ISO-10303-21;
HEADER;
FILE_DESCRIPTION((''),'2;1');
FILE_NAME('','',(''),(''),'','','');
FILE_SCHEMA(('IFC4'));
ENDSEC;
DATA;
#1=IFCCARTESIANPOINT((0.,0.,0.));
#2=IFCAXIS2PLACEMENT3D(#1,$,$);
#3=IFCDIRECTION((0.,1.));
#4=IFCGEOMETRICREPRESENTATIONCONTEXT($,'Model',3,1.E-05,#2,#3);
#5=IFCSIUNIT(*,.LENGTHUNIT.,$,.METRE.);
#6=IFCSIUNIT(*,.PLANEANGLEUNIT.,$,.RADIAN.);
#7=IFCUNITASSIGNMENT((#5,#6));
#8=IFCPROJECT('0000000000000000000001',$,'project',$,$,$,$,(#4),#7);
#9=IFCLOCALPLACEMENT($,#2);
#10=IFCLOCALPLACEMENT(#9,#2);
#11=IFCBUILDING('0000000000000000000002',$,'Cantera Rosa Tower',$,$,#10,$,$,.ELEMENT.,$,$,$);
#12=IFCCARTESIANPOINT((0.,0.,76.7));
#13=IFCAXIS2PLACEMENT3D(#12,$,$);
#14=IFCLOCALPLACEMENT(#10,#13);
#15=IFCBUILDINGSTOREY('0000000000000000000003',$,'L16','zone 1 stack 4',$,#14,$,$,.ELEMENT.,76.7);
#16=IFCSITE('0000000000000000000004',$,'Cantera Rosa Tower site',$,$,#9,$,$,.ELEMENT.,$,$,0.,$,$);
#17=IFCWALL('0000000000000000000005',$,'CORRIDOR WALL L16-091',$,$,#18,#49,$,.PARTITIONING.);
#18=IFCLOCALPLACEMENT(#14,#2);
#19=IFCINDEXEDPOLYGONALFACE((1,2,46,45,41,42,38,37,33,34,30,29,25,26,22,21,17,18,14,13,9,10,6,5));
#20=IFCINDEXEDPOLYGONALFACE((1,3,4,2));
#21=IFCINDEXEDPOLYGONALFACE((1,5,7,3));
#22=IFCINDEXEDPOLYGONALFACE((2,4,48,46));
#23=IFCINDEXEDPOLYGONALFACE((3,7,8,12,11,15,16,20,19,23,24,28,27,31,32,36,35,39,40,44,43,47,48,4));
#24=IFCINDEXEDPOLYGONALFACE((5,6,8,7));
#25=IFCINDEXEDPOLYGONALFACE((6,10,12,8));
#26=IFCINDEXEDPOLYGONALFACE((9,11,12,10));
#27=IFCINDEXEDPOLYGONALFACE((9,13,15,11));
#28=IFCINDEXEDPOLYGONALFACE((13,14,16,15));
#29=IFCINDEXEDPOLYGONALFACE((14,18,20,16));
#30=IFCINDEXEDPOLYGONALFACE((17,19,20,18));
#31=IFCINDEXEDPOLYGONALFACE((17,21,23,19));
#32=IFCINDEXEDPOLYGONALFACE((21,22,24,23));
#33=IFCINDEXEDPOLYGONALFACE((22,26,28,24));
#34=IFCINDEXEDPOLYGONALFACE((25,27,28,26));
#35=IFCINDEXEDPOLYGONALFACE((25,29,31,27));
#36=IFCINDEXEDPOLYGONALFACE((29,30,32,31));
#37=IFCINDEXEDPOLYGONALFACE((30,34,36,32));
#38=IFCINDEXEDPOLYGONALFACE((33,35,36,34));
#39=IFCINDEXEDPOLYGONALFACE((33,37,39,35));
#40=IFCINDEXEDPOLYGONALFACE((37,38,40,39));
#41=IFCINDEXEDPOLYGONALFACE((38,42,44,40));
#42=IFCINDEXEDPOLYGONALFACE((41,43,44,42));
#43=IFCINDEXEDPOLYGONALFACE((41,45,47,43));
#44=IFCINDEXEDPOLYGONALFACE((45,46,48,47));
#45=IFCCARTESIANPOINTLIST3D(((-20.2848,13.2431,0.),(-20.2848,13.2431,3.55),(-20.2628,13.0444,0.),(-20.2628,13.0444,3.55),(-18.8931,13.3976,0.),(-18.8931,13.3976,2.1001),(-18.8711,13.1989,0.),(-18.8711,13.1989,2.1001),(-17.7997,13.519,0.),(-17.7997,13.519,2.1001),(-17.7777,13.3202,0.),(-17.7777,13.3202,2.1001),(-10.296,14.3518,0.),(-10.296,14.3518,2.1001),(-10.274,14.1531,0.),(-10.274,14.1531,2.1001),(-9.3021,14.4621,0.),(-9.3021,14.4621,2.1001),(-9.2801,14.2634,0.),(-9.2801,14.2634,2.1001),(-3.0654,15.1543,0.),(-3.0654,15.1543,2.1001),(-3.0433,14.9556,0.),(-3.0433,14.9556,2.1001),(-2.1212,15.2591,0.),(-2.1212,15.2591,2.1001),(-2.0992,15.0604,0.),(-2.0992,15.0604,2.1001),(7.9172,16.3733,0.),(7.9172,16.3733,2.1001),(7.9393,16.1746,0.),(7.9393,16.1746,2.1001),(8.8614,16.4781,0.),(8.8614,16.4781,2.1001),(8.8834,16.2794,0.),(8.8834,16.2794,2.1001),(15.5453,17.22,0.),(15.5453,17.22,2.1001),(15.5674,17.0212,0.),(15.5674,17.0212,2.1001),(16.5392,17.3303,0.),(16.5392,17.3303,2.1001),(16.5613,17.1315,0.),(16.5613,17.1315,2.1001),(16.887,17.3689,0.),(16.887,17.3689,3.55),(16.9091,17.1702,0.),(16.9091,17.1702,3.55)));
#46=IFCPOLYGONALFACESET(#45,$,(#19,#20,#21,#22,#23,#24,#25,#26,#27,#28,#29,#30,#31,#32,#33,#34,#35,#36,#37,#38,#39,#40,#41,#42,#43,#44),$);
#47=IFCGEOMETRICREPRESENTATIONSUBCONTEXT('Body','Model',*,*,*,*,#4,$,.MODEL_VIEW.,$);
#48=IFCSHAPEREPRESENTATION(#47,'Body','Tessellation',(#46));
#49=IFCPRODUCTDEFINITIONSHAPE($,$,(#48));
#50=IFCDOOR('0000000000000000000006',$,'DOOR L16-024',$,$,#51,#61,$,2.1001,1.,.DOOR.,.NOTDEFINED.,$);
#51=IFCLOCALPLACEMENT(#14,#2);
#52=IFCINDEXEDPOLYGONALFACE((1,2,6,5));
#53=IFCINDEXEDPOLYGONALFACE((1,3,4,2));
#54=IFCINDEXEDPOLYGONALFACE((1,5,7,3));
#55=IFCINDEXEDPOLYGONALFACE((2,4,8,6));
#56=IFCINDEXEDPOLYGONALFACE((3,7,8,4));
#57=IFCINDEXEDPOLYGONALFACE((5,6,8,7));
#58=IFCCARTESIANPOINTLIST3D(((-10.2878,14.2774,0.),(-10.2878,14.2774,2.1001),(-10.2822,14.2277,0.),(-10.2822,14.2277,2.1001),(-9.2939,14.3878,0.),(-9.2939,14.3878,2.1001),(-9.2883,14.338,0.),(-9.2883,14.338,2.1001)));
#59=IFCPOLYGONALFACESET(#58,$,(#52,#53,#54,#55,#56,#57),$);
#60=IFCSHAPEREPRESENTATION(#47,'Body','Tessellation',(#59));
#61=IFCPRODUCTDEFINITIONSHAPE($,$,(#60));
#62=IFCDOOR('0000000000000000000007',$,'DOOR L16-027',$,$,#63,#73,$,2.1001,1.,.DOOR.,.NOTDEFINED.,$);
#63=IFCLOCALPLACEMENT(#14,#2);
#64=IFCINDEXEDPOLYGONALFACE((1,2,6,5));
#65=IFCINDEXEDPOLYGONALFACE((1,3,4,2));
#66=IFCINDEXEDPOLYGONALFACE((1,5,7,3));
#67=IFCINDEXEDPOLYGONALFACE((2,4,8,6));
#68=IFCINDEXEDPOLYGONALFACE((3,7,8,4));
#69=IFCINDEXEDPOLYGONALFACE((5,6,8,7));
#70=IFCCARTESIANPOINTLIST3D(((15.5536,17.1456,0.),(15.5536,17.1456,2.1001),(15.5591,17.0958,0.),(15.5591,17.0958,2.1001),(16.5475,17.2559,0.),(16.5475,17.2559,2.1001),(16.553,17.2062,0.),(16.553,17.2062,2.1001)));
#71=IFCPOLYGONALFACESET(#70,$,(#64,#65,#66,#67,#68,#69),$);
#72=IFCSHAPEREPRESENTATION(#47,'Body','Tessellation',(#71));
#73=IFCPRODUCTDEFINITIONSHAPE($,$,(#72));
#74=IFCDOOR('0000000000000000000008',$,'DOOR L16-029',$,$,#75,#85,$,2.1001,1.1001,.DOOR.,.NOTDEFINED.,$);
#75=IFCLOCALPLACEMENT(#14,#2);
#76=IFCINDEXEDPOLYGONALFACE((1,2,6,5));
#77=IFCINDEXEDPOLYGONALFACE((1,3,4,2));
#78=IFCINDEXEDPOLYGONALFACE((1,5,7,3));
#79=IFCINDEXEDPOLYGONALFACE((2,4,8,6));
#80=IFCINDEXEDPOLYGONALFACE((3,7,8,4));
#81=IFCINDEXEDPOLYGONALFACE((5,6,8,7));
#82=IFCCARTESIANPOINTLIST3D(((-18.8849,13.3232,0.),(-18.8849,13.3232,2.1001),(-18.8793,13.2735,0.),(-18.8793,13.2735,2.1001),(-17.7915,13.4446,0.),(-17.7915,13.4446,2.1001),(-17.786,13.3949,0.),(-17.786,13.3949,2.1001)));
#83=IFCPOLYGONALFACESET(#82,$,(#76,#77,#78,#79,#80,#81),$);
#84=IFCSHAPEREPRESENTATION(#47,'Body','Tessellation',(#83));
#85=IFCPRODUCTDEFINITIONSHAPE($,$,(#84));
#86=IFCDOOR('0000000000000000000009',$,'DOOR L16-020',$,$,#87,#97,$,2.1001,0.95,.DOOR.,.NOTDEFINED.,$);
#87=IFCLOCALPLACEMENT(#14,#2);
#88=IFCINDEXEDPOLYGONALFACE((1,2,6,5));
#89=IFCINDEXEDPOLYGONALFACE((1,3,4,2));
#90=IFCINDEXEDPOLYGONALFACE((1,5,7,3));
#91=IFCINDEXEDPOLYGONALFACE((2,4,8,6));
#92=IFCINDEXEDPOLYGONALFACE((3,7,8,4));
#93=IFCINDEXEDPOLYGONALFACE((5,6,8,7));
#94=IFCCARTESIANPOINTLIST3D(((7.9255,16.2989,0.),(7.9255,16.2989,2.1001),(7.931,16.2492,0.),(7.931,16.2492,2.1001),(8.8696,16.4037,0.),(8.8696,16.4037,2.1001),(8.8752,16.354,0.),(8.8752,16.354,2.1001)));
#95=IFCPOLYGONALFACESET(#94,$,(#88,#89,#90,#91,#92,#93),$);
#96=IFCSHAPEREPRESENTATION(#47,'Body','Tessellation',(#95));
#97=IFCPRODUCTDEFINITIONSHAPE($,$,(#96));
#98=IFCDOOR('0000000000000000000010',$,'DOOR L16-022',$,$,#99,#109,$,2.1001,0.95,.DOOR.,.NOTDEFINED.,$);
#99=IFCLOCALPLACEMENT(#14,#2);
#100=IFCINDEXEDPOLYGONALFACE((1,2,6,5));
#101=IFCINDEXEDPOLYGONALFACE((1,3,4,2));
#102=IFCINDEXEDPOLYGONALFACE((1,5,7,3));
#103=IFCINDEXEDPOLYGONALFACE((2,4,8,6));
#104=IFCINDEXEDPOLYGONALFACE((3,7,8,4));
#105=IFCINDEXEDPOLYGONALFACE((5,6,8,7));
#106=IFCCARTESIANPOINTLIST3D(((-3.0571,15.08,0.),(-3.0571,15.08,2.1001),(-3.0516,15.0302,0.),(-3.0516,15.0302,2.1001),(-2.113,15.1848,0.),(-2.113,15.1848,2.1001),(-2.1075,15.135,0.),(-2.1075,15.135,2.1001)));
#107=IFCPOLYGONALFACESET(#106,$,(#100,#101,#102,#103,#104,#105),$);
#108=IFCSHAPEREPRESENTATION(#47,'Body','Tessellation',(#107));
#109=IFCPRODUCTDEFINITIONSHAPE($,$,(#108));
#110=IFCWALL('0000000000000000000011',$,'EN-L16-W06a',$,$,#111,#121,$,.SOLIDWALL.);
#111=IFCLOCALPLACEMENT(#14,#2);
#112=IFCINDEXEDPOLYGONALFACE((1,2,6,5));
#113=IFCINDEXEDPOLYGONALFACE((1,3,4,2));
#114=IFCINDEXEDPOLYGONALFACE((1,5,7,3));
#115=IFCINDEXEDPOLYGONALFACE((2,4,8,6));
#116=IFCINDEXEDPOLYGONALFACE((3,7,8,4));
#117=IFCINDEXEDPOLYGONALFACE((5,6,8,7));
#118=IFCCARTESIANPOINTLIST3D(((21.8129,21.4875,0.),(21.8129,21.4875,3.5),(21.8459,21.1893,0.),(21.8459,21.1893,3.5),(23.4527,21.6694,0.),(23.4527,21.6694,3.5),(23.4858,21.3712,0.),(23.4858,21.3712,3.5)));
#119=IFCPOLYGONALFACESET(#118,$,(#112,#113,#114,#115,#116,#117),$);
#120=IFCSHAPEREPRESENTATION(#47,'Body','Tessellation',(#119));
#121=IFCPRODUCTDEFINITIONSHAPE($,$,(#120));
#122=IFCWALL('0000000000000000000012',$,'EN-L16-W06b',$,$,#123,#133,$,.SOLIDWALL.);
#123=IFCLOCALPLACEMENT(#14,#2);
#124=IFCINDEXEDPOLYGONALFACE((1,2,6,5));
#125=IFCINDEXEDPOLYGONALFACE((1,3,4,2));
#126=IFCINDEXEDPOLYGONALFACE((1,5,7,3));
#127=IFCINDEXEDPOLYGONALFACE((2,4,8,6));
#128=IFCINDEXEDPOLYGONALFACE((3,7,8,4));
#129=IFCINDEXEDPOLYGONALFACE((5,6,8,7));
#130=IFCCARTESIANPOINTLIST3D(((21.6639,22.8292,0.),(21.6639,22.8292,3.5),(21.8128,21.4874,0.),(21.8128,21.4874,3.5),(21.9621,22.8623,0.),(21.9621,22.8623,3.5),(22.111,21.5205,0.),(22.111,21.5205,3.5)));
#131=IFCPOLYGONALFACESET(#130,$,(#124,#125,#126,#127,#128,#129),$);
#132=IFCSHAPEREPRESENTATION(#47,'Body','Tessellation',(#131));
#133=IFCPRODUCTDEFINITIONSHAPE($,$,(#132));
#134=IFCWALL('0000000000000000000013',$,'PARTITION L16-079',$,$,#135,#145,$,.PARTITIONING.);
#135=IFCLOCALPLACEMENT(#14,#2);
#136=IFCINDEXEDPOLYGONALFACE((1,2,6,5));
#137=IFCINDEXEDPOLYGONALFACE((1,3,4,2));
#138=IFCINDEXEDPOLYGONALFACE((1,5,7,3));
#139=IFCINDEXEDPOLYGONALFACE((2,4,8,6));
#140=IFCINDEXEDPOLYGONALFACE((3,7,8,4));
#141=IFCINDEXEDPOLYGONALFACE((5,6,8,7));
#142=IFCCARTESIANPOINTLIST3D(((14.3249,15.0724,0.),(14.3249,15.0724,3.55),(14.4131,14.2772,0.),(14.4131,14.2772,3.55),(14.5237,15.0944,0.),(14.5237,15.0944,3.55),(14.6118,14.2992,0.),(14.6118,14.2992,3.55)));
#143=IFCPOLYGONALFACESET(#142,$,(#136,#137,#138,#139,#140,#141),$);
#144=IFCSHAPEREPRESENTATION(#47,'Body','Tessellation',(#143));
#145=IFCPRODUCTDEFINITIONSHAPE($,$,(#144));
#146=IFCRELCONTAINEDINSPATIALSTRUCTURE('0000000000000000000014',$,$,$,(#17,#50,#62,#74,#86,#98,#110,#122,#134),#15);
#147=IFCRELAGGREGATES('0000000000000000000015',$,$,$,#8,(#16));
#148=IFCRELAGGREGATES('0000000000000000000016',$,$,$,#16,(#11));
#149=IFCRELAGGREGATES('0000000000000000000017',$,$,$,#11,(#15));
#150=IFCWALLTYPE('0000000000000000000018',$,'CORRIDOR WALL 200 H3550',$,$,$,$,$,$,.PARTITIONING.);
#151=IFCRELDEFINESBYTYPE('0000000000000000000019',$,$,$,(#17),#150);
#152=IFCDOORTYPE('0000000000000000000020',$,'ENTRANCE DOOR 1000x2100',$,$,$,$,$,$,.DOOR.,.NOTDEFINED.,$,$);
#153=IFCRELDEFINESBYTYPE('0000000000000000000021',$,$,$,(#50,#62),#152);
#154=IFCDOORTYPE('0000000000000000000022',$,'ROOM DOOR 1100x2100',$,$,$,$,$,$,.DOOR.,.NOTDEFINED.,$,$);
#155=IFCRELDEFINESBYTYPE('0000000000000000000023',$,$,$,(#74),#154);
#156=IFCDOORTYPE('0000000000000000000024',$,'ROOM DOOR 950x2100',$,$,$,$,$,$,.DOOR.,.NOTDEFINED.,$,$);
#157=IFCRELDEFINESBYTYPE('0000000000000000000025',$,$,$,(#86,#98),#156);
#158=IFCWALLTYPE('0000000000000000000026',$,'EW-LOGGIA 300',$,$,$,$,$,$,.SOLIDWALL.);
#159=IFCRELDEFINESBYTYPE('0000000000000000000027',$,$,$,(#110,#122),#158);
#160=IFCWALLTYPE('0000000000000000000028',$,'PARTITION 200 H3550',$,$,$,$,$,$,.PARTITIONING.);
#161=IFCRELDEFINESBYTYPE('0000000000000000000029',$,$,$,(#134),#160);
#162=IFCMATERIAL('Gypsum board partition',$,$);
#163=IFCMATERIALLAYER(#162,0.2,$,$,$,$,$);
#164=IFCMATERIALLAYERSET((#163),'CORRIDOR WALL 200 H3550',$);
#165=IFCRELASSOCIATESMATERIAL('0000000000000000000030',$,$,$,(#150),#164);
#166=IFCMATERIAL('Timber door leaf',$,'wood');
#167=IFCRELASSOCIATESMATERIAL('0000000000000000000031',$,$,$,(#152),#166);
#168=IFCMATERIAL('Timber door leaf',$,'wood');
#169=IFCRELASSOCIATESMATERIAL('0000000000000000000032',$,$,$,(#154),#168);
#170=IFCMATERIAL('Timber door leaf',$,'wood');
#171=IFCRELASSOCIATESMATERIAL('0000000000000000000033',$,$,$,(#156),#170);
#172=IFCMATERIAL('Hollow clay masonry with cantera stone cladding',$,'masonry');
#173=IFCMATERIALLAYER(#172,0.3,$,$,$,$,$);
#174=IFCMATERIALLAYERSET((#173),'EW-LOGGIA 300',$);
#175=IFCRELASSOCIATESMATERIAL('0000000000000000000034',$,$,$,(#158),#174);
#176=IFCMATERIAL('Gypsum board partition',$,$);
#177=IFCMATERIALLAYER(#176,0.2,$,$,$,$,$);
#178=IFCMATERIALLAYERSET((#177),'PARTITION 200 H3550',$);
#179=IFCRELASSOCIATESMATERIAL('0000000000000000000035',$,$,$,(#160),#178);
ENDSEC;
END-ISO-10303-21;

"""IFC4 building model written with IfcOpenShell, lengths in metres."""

from ifc_helpers import new_model, si_unit, direction, frame, frame_2d, origin, place, context, subcontext, project, spatial, rectangle, extrude, material, layer, layer_set, type_object, element, fill, save


model = new_model("IFC4")

# Units and contexts
model_context = context("Model", 3, precision=1e-05, world=origin(), true_north=direction((0.0, 1.0)))
body_context = subcontext(model_context, "Body", "Model", "MODEL_VIEW")
ifc_project = project(units=[si_unit("LENGTHUNIT", "METRE"), si_unit("PLANEANGLEUNIT", "RADIAN")], contexts=[model_context])

# Site, building, storey
site_placement = place(None, origin())
site = spatial("IfcSite", under=ifc_project, at=site_placement, Name="Cantera Rosa Tower site", CompositionType="ELEMENT", RefElevation=0.0)
building_placement = place(site_placement, origin())
building = spatial("IfcBuilding", under=site, at=building_placement, Name="Cantera Rosa Tower", CompositionType="ELEMENT")
storey_placement = place(building_placement, frame((0.0, 0.0, 76.7)))
storey = spatial("IfcBuildingStorey", under=building, at=storey_placement, Name="L16", Description="zone 1 stack 4", CompositionType="ELEMENT", Elevation=76.7)

# Wall, openings, doors
ifc_material_1 = material(Name="Gypsum board partition")
ifc_layer_1 = layer(ifc_material_1, 0.2)
ifc_layer_set_1 = layer_set([ifc_layer_1], Name="CORRIDOR WALL 200 H3550")
wall_type_1 = type_object("IfcWallType", Name="CORRIDOR WALL 200 H3550", PredefinedType="PARTITIONING", material=ifc_layer_set_1)
wall_1_placement = place(storey_placement, frame((16.8982, 17.2695, 0.0), z_axis=(0.0, 0.0, 1.0), x_axis=(-0.993897, -0.110313, 0.0)))
wall_1 = element("IfcWall", 1, at=wall_1_placement, inside=storey, type_object=wall_type_1, Name="CORRIDOR WALL L16-091", PredefinedType="PARTITIONING", context=body_context, shape_type="SweptSolid", body=[
    extrude(rectangle(XDim=37.4001, YDim=0.2, at=frame_2d((18.7002, 0.0))), origin(), (0.0, 0.0, 1.0), 3.55),
])
opening_1_placement = place(wall_1_placement, frame((8.075, 0.0, 0.0)))
opening_1 = element("IfcOpeningElement", 2, at=opening_1_placement, cuts=wall_1, PredefinedType="OPENING", context=body_context, shape_type="SweptSolid", body=[
    extrude(rectangle(XDim=0.95, YDim=2.1001, at=frame_2d((0.4751, 1.05))), frame((0.0, 0.1099, 0.0), z_axis=(0.0, -1.0, 0.0), x_axis=(1.0, 0.0, 0.0)), (0.0, 0.0, 1.0), 0.22),
])
opening_2_placement = place(wall_1_placement, frame((19.125, 0.0, 0.0)))
opening_2 = element("IfcOpeningElement", 3, at=opening_2_placement, cuts=wall_1, PredefinedType="OPENING", context=body_context, shape_type="SweptSolid", body=[
    extrude(rectangle(XDim=0.95, YDim=2.1001, at=frame_2d((0.4751, 1.05))), frame((0.0, 0.1099, 0.0), z_axis=(0.0, -1.0, 0.0), x_axis=(1.0, 0.0, 0.0)), (0.0, 0.0, 1.0), 0.22),
])
opening_3_placement = place(wall_1_placement, frame((26.3501, 0.0, 0.0)))
opening_3 = element("IfcOpeningElement", 4, at=opening_3_placement, cuts=wall_1, PredefinedType="OPENING", context=body_context, shape_type="SweptSolid", body=[
    extrude(rectangle(XDim=1.0, YDim=2.1001, at=frame_2d((0.5, 1.05))), frame((0.0, 0.1099, 0.0), z_axis=(0.0, -1.0, 0.0), x_axis=(1.0, 0.0, 0.0)), (0.0, 0.0, 1.0), 0.22),
])
opening_4_placement = place(wall_1_placement, frame((0.3501, 0.0, 0.0)))
opening_4 = element("IfcOpeningElement", 5, at=opening_4_placement, cuts=wall_1, PredefinedType="OPENING", context=body_context, shape_type="SweptSolid", body=[
    extrude(rectangle(XDim=1.0, YDim=2.1001, at=frame_2d((0.5, 1.05))), frame((0.0, 0.1099, 0.0), z_axis=(0.0, -1.0, 0.0), x_axis=(1.0, 0.0, 0.0)), (0.0, 0.0, 1.0), 0.22),
])
opening_5_placement = place(wall_1_placement, frame((34.8999, 0.0, 0.0)))
opening_5 = element("IfcOpeningElement", 6, at=opening_5_placement, cuts=wall_1, PredefinedType="OPENING", context=body_context, shape_type="SweptSolid", body=[
    extrude(rectangle(XDim=1.1001, YDim=2.1001, at=frame_2d((0.55, 1.05))), frame((0.0, 0.1099, 0.0), z_axis=(0.0, -1.0, 0.0), x_axis=(1.0, 0.0, 0.0)), (0.0, 0.0, 1.0), 0.22),
])
ifc_material_2 = material(Name="Timber door leaf", Category="wood")
door_type_1 = type_object("IfcDoorType", Name="ENTRANCE DOOR 1000x2100", OperationType="NOTDEFINED", PredefinedType="DOOR", material=ifc_material_2)
door_1_placement = place(opening_3_placement, origin())
door_1 = element("IfcDoor", 7, at=door_1_placement, inside=storey, type_object=door_type_1, Name="DOOR L16-024", OperationType="NOTDEFINED", OverallHeight=2.1001, OverallWidth=1.0, PredefinedType="DOOR", context=body_context, shape_type="SweptSolid", body=[
    extrude(rectangle(XDim=1.0, YDim=2.1001, at=frame_2d((0.5, 1.05))), frame((0.0, 0.0249, 0.0), z_axis=(0.0, -1.0, 0.0), x_axis=(1.0, 0.0, 0.0)), (0.0, 0.0, 1.0), 0.05),
])
fill(opening_3, door_1)
door_2_placement = place(opening_4_placement, origin())
door_2 = element("IfcDoor", 8, at=door_2_placement, inside=storey, type_object=door_type_1, Name="DOOR L16-027", OperationType="NOTDEFINED", OverallHeight=2.1001, OverallWidth=1.0, PredefinedType="DOOR", context=body_context, shape_type="SweptSolid", body=[
    extrude(rectangle(XDim=1.0, YDim=2.1001, at=frame_2d((0.5, 1.05))), frame((0.0, 0.0249, 0.0), z_axis=(0.0, -1.0, 0.0), x_axis=(1.0, 0.0, 0.0)), (0.0, 0.0, 1.0), 0.05),
])
fill(opening_4, door_2)
ifc_material_3 = material(Name="Timber door leaf", Category="wood")
door_type_2 = type_object("IfcDoorType", Name="ROOM DOOR 1100x2100", OperationType="NOTDEFINED", PredefinedType="DOOR", material=ifc_material_3)
door_3_placement = place(opening_5_placement, origin())
door_3 = element("IfcDoor", 9, at=door_3_placement, inside=storey, type_object=door_type_2, Name="DOOR L16-029", OperationType="NOTDEFINED", OverallHeight=2.1001, OverallWidth=1.1001, PredefinedType="DOOR", context=body_context, shape_type="SweptSolid", body=[
    extrude(rectangle(XDim=1.1001, YDim=2.1001, at=frame_2d((0.55, 1.05))), frame((0.0, 0.0249, 0.0), z_axis=(0.0, -1.0, 0.0), x_axis=(1.0, 0.0, 0.0)), (0.0, 0.0, 1.0), 0.05),
])
fill(opening_5, door_3)
ifc_material_4 = material(Name="Timber door leaf", Category="wood")
door_type_3 = type_object("IfcDoorType", Name="ROOM DOOR 950x2100", OperationType="NOTDEFINED", PredefinedType="DOOR", material=ifc_material_4)
door_4_placement = place(opening_1_placement, origin())
door_4 = element("IfcDoor", 10, at=door_4_placement, inside=storey, type_object=door_type_3, Name="DOOR L16-020", OperationType="NOTDEFINED", OverallHeight=2.1001, OverallWidth=0.95, PredefinedType="DOOR", context=body_context, shape_type="SweptSolid", body=[
    extrude(rectangle(XDim=0.95, YDim=2.1001, at=frame_2d((0.4751, 1.05))), frame((0.0, 0.0249, 0.0), z_axis=(0.0, -1.0, 0.0), x_axis=(1.0, 0.0, 0.0)), (0.0, 0.0, 1.0), 0.05),
])
fill(opening_1, door_4)
door_5_placement = place(opening_2_placement, origin())
door_5 = element("IfcDoor", 11, at=door_5_placement, inside=storey, type_object=door_type_3, Name="DOOR L16-022", OperationType="NOTDEFINED", OverallHeight=2.1001, OverallWidth=0.95, PredefinedType="DOOR", context=body_context, shape_type="SweptSolid", body=[
    extrude(rectangle(XDim=0.95, YDim=2.1001, at=frame_2d((0.4751, 1.05))), frame((0.0, 0.0249, 0.0), z_axis=(0.0, -1.0, 0.0), x_axis=(1.0, 0.0, 0.0)), (0.0, 0.0, 1.0), 0.05),
])
fill(opening_2, door_5)

# Walls
ifc_material_5 = material(Name="Hollow clay masonry with cantera stone cladding", Category="masonry")
ifc_layer_2 = layer(ifc_material_5, 0.3)
ifc_layer_set_2 = layer_set([ifc_layer_2], Name="EW-LOGGIA 300")
wall_type_2 = type_object("IfcWallType", Name="EW-LOGGIA 300", PredefinedType="SOLIDWALL", material=ifc_layer_set_2)
wall_2_placement = place(storey_placement, frame((23.4692, 21.5203, 0.0), z_axis=(0.0, 0.0, 1.0), x_axis=(-0.993905, -0.110237, 0.0)))
element("IfcWall", 12, at=wall_2_placement, inside=storey, type_object=wall_type_2, Name="EN-L16-W06a", PredefinedType="SOLIDWALL", context=body_context, shape_type="SweptSolid", body=[
    extrude(rectangle(XDim=1.6499, YDim=0.3, at=frame_2d((0.825, 0.0))), origin(), (0.0, 0.0, 1.0), 3.5),
])
wall_3_placement = place(storey_placement, frame((21.9619, 21.5039, 0.0), z_axis=(0.0, 0.0, 1.0), x_axis=(-0.110312, 0.993897, 0.0)))
element("IfcWall", 13, at=wall_3_placement, inside=storey, type_object=wall_type_2, Name="EN-L16-W06b", PredefinedType="SOLIDWALL", context=body_context, shape_type="SweptSolid", body=[
    extrude(rectangle(XDim=1.3501, YDim=0.3, at=frame_2d((0.675, 0.0))), origin(), (0.0, 0.0, 1.0), 3.5),
])

# Wall
ifc_material_6 = material(Name="Gypsum board partition")
ifc_layer_3 = layer(ifc_material_6, 0.2)
ifc_layer_set_3 = layer_set([ifc_layer_3], Name="PARTITION 200 H3550")
wall_type_3 = type_object("IfcWallType", Name="PARTITION 200 H3550", PredefinedType="PARTITIONING", material=ifc_layer_set_3)
wall_4_placement = place(storey_placement, frame((14.4243, 15.0833, 0.0), z_axis=(0.0, 0.0, 1.0), x_axis=(0.110164, -0.993913, 0.0)))
element("IfcWall", 14, at=wall_4_placement, inside=storey, type_object=wall_type_3, Name="PARTITION L16-079", PredefinedType="PARTITIONING", context=body_context, shape_type="SweptSolid", body=[
    extrude(rectangle(XDim=0.8, YDim=0.2, at=frame_2d((0.3999, 0.0))), origin(), (0.0, 0.0, 1.0), 3.55),
])

save(model, "model.ifc")
